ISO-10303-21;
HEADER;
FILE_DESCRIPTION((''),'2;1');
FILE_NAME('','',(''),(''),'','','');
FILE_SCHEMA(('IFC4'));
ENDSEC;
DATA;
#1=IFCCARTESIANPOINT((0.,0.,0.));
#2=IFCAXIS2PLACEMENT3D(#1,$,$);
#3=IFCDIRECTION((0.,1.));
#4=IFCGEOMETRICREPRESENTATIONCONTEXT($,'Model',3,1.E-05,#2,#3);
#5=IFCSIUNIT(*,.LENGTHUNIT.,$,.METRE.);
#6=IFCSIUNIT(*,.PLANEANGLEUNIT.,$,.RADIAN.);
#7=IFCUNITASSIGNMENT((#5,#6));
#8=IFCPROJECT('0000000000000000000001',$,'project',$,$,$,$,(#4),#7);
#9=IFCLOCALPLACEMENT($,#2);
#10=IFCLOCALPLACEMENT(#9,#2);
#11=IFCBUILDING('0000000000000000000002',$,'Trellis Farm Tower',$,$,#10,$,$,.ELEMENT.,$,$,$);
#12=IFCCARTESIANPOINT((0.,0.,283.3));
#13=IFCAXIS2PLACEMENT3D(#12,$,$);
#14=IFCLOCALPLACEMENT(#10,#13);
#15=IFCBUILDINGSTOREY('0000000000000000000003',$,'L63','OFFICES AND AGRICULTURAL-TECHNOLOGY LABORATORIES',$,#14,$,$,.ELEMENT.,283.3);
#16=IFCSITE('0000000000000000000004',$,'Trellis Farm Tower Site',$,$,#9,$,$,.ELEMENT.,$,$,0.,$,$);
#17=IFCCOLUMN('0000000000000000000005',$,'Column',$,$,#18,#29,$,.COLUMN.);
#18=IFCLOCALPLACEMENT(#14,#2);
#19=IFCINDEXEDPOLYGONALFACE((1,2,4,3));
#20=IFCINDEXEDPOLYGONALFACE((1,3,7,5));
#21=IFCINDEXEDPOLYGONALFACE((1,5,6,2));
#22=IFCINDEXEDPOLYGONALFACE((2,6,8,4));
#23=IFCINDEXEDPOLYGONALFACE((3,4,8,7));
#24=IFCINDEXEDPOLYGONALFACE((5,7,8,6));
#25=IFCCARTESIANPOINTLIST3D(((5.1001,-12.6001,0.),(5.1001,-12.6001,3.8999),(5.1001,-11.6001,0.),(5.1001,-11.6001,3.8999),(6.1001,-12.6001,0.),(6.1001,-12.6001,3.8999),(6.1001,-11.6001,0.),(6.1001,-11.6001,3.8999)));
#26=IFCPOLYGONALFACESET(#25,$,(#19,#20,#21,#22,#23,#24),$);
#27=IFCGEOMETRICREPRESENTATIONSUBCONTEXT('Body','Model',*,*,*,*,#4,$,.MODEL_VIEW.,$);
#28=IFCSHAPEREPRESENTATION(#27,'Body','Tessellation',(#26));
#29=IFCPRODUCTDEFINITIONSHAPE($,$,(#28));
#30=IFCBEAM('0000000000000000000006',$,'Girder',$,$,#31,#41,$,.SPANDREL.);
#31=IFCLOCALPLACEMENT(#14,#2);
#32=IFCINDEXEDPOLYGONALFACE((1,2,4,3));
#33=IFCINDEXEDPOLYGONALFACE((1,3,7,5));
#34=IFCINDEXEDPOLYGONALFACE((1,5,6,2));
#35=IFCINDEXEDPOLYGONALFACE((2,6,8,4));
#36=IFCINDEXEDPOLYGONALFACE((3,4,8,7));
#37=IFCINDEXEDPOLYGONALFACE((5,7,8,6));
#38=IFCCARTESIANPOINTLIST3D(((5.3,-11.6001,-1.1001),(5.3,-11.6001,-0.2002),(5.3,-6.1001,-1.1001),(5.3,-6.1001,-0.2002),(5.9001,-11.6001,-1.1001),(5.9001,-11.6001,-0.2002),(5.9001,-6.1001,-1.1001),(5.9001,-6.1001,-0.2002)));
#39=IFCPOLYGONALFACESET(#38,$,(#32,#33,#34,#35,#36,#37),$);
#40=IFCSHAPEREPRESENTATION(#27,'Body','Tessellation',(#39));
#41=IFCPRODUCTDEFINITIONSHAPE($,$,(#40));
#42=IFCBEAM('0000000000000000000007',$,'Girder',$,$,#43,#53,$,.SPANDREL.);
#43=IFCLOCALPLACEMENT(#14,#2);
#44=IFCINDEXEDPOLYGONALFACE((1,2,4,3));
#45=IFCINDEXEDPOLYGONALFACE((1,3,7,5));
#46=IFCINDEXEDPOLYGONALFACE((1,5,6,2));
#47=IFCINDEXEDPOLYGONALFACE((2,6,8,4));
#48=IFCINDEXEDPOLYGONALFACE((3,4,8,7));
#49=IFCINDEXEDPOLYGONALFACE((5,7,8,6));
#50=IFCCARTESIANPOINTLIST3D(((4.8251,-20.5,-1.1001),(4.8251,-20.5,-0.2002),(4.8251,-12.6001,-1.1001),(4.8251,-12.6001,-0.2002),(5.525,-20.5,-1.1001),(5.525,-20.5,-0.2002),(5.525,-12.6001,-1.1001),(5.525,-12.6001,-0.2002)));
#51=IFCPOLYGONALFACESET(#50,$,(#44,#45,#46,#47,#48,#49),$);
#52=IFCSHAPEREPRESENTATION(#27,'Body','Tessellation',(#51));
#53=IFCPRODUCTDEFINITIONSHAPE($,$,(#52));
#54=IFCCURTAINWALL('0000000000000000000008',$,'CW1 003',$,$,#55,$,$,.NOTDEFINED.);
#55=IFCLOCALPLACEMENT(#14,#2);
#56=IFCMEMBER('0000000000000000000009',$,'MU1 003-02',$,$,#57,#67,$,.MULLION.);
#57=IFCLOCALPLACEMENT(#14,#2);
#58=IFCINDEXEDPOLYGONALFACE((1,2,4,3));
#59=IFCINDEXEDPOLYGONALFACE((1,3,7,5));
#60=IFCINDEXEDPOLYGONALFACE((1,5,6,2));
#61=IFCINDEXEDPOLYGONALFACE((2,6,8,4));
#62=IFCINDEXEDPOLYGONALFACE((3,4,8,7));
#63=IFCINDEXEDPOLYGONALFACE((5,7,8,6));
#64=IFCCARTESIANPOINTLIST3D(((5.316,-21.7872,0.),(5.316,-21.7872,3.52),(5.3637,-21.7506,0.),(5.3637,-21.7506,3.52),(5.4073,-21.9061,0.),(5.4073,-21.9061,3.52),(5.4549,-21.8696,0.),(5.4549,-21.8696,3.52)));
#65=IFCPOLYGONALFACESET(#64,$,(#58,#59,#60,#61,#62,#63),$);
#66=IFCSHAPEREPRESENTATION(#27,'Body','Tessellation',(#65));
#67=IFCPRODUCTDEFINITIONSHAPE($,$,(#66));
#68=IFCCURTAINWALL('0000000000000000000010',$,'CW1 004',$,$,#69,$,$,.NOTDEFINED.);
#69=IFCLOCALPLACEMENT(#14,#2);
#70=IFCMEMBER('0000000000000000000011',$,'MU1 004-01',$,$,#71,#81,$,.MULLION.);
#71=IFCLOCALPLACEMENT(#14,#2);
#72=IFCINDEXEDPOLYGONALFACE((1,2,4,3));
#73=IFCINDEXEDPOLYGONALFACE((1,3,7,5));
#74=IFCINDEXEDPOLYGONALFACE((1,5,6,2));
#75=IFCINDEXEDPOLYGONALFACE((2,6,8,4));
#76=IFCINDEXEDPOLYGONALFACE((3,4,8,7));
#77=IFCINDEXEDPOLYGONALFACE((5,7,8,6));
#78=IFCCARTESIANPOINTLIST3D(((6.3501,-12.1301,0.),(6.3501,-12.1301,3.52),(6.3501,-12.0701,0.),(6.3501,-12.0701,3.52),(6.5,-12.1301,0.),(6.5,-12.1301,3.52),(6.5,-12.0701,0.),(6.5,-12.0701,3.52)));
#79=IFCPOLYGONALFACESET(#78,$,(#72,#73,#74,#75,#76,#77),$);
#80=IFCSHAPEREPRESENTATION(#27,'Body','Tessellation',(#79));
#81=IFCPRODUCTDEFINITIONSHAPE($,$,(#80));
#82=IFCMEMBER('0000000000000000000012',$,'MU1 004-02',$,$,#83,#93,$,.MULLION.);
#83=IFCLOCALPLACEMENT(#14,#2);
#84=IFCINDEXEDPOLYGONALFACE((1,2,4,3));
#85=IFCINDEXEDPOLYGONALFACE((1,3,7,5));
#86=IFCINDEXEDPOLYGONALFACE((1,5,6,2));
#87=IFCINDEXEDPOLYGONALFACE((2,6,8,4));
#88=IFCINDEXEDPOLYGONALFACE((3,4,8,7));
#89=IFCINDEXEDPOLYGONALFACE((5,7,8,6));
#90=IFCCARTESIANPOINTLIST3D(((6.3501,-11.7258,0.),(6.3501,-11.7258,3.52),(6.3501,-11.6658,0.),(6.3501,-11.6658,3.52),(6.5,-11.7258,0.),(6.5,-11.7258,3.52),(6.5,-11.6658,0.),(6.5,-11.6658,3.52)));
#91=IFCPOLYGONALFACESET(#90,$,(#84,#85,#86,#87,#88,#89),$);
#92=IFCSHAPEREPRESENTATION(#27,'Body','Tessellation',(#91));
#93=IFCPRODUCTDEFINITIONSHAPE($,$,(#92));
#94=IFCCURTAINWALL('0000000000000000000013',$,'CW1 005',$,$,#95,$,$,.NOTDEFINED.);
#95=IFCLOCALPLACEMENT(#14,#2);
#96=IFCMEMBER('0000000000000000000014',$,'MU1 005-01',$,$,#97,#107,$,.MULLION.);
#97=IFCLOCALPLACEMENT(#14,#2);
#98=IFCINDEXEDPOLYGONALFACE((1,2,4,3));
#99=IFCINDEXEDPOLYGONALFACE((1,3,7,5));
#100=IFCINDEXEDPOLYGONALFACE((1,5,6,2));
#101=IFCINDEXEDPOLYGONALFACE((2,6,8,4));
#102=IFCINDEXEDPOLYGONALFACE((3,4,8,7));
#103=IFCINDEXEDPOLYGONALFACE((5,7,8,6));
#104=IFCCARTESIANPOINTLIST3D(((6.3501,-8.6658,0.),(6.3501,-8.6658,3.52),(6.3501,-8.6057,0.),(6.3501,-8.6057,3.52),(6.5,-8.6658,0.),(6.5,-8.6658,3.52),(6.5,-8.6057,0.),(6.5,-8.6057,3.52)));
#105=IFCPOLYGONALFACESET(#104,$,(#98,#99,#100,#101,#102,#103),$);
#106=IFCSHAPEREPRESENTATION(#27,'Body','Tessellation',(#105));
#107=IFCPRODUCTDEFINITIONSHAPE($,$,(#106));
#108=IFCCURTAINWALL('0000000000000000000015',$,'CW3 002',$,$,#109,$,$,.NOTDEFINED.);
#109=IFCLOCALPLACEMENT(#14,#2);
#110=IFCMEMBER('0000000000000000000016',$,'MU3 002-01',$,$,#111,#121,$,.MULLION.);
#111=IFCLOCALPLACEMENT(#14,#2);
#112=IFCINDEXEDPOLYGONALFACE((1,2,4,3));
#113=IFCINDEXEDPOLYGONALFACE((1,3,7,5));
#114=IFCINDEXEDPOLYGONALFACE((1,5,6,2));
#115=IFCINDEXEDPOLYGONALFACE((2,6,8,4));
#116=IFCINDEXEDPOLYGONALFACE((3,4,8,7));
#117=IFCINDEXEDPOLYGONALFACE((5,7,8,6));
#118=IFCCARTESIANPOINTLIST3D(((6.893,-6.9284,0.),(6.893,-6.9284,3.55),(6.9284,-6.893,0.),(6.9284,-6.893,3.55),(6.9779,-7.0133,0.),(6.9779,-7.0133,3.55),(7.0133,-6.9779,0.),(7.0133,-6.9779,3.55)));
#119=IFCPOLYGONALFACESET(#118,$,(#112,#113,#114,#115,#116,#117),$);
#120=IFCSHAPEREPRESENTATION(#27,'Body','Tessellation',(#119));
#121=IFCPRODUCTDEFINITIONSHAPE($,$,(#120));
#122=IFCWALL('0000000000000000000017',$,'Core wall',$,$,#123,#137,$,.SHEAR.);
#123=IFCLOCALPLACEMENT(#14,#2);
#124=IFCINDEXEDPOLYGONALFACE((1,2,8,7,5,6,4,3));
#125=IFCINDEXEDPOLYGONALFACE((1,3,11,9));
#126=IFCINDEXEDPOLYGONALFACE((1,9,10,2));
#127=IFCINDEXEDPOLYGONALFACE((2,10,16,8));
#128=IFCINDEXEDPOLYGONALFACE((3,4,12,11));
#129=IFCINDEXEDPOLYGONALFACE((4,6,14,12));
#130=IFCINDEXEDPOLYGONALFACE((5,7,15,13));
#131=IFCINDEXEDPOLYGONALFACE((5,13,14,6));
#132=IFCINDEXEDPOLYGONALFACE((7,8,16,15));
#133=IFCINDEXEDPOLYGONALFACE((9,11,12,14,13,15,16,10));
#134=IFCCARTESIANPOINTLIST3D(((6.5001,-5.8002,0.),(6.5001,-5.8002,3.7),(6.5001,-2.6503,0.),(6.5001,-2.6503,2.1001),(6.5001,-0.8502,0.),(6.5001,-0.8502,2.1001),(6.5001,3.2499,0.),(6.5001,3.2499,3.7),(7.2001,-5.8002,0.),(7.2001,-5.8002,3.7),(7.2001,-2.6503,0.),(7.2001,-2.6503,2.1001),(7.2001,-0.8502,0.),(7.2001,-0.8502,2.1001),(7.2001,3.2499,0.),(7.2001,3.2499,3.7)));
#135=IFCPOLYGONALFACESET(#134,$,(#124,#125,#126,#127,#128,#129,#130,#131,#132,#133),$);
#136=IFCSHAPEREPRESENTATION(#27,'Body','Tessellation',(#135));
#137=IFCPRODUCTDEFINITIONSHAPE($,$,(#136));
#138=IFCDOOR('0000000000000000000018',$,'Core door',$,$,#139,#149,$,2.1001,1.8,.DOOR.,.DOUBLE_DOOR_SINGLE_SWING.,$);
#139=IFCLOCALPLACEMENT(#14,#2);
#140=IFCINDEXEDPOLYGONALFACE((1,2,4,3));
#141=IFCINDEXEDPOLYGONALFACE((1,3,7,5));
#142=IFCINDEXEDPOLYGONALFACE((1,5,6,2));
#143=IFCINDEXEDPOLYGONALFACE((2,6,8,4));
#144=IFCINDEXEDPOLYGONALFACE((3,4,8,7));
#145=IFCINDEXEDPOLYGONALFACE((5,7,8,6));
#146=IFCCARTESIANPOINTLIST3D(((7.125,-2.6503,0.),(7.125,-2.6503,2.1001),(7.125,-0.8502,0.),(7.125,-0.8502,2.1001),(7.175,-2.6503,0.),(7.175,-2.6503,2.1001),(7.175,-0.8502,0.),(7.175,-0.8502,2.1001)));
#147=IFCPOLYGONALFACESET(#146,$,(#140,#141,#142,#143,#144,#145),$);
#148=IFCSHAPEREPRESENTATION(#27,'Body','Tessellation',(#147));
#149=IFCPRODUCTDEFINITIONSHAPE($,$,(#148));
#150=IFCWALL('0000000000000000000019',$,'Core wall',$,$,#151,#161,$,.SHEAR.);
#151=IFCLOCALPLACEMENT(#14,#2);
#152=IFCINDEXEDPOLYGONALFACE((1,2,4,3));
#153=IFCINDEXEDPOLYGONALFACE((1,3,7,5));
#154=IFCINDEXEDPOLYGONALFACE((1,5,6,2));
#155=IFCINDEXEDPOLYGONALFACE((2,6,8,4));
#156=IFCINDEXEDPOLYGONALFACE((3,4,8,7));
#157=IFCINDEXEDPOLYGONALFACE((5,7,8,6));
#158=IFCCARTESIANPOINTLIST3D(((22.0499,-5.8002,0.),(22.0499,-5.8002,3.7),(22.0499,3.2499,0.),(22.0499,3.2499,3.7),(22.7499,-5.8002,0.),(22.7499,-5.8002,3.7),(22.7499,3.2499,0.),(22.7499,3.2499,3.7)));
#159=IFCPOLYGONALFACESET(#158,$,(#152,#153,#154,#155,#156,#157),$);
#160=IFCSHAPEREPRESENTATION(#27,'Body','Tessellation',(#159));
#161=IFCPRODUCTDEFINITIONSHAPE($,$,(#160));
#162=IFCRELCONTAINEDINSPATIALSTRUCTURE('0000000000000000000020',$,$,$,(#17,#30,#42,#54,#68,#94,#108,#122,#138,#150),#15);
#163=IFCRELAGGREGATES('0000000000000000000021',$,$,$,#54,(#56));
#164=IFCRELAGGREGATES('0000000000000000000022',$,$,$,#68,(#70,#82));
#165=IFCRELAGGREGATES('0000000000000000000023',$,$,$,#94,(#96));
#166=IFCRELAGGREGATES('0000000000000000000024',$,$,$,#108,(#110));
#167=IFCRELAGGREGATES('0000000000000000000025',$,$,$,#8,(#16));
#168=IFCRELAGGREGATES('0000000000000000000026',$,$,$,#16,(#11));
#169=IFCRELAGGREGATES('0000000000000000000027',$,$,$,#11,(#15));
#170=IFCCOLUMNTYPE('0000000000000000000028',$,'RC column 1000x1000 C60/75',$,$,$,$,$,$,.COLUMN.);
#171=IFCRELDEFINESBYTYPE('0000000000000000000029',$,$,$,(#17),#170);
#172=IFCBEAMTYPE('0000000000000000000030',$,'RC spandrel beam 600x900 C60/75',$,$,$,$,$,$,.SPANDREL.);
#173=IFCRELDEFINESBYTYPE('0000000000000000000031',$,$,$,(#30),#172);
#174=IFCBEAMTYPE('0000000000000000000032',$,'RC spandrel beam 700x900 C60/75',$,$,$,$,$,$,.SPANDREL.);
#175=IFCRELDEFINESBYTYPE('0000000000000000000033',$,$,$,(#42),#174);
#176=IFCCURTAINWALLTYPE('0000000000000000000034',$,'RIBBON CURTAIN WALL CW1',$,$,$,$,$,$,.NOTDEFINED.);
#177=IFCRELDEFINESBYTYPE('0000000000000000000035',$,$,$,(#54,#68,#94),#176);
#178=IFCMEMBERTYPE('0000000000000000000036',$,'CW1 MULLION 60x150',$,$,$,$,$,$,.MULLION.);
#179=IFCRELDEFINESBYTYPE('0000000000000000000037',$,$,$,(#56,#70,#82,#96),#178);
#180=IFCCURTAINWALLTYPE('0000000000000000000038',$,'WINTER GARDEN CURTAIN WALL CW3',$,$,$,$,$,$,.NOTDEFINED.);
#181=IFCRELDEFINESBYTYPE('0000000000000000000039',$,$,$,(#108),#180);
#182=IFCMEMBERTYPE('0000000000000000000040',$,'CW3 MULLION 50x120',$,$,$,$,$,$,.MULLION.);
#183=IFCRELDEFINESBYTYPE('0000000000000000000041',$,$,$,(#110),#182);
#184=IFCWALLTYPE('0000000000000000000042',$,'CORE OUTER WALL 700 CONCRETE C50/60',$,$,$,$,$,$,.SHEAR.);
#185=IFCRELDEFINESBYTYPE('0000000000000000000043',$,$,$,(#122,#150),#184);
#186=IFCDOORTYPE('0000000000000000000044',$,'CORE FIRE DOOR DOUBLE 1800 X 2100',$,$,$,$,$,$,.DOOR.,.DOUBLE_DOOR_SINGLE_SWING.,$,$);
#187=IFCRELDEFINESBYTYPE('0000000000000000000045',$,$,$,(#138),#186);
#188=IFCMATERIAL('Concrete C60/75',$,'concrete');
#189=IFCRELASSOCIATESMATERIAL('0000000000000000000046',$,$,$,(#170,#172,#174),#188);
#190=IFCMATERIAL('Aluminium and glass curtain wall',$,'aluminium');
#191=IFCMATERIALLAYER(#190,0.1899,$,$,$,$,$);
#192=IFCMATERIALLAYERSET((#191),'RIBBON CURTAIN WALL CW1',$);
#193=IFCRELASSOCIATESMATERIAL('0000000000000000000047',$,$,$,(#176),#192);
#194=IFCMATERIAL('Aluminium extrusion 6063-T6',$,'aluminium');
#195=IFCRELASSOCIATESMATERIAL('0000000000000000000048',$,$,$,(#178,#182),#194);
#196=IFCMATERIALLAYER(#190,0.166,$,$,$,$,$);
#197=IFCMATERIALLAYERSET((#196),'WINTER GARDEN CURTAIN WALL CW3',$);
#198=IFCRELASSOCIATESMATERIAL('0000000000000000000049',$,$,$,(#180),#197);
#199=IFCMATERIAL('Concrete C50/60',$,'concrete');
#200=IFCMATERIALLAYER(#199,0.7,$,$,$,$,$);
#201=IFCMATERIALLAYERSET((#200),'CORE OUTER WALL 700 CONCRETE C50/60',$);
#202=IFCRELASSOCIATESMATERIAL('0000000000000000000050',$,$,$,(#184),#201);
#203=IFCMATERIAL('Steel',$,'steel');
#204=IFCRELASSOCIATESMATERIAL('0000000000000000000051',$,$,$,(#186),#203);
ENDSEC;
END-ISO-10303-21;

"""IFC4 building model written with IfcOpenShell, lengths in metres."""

from ifc_helpers import new_model, si_unit, direction, frame, frame_2d, origin, origin_2d, place, context, subcontext, project, spatial, rectangle, extrude, source, transform, mapped, material, layer, layer_set, material_profile, profile_set, type_object, element, fill, aggregate, save


model = new_model("IFC4")

# Units and contexts
model_context = context("Model", 3, precision=1e-05, world=origin(), true_north=direction((0.0, 1.0)))
body_context = subcontext(model_context, "Body", "Model", "MODEL_VIEW")
ifc_project = project(units=[si_unit("LENGTHUNIT", "METRE"), si_unit("PLANEANGLEUNIT", "RADIAN")], contexts=[model_context])

# Site, building, storey
site_placement = place(None, origin())
site = spatial("IfcSite", under=ifc_project, at=site_placement, Name="Trellis Farm Tower Site", CompositionType="ELEMENT", RefElevation=0.0)
building_placement = place(site_placement, origin())
building = spatial("IfcBuilding", under=site, at=building_placement, Name="Trellis Farm Tower", CompositionType="ELEMENT")
storey_placement = place(building_placement, frame((0.0, 0.0, 283.3)))
storey = spatial("IfcBuildingStorey", under=building, at=storey_placement, Name="L63", Description="OFFICES AND AGRICULTURAL-TECHNOLOGY LABORATORIES", CompositionType="ELEMENT", Elevation=283.3)

# Column
ifc_material_1 = material(Name="Concrete C60/75", Category="concrete")
ifc_material_profile_1 = material_profile(ifc_material_1, rectangle(XDim=1.0, YDim=1.0, at=origin_2d()), Name="RC column 1000x1000 C60/75")
ifc_profile_set_1 = profile_set([ifc_material_profile_1], Name="Concrete C60/75")
column_type = type_object("IfcColumnType", Name="RC column 1000x1000 C60/75", PredefinedType="COLUMN", material=ifc_profile_set_1)
shared_shape_1 = source(origin(), body_context, "Body", "SweptSolid", [
    extrude(rectangle(XDim=1.0, YDim=1.0, at=origin_2d()), origin(), (0.0, 0.0, 1.0), 3.8999),
])
column_placement = place(storey_placement, frame((5.6001, -12.1001, 0.0), z_axis=(0.0, 0.0, 1.0), x_axis=(1.0, 0.0, 0.0)))
element("IfcColumn", 1, at=column_placement, inside=storey, type_object=column_type, Name="Column", PredefinedType="COLUMN", context=body_context, shape_type="MappedRepresentation", body=[
    mapped(shared_shape_1, transform((0.0, 0.0, 0.0))),
])

# Beams
ifc_material_profile_2 = material_profile(ifc_material_1, rectangle(XDim=0.6001, YDim=0.8999, at=origin_2d()), Name="RC spandrel beam 600x900 C60/75")
ifc_profile_set_2 = profile_set([ifc_material_profile_2], Name="Concrete C60/75")
beam_type_1 = type_object("IfcBeamType", Name="RC spandrel beam 600x900 C60/75", PredefinedType="SPANDREL", material=ifc_profile_set_2)
shared_shape_2 = source(origin(), body_context, "Body", "SweptSolid", [
    extrude(rectangle(XDim=0.6001, YDim=0.8999, at=origin_2d()), origin(), (0.0, 0.0, 1.0), 5.5),
])
beam_1_placement = place(storey_placement, frame((5.6001, -11.6001, -0.6501), z_axis=(0.0, 1.0, 0.0), x_axis=(-1.0, 0.0, 0.0)))
element("IfcBeam", 2, at=beam_1_placement, inside=storey, type_object=beam_type_1, Name="Girder", PredefinedType="SPANDREL", context=body_context, shape_type="MappedRepresentation", body=[
    mapped(shared_shape_2, transform((0.0, 0.0, 0.0))),
])
ifc_material_profile_3 = material_profile(ifc_material_1, rectangle(XDim=0.7, YDim=0.8999, at=origin_2d()), Name="RC spandrel beam 700x900 C60/75")
ifc_profile_set_3 = profile_set([ifc_material_profile_3], Name="Concrete C60/75")
beam_type_2 = type_object("IfcBeamType", Name="RC spandrel beam 700x900 C60/75", PredefinedType="SPANDREL", material=ifc_profile_set_3)
shared_shape_3 = source(origin(), body_context, "Body", "SweptSolid", [
    extrude(rectangle(XDim=0.7, YDim=0.8999, at=origin_2d()), origin(), (0.0, 0.0, 1.0), 7.8999),
])
beam_2_placement = place(storey_placement, frame((5.175, -20.5, -0.6501), z_axis=(0.0, 1.0, 0.0), x_axis=(-1.0, 0.0, 0.0)))
element("IfcBeam", 3, at=beam_2_placement, inside=storey, type_object=beam_type_2, Name="Girder", PredefinedType="SPANDREL", context=body_context, shape_type="MappedRepresentation", body=[
    mapped(shared_shape_3, transform((0.0, 0.0, 0.0))),
])

# Curtain wall, member
ifc_material_2 = material(Name="Aluminium and glass curtain wall", Category="aluminium")
ifc_layer_1 = layer(ifc_material_2, 0.1899)
ifc_layer_set_1 = layer_set([ifc_layer_1], Name="RIBBON CURTAIN WALL CW1")
curtain_wall_type_1 = type_object("IfcCurtainWallType", Name="RIBBON CURTAIN WALL CW1", PredefinedType="NOTDEFINED", material=ifc_layer_set_1)
placement = place(storey_placement, origin())
curtain_wall_1 = element("IfcCurtainWall", 4, at=placement, inside=storey, type_object=curtain_wall_type_1, Name="CW1 003", PredefinedType="NOTDEFINED")
ifc_material_3 = material(Name="Aluminium extrusion 6063-T6", Category="aluminium")
ifc_material_profile_4 = material_profile(ifc_material_3, rectangle(XDim=0.0601, YDim=0.1499, at=origin_2d()), Name="MULLION 60x150")
ifc_profile_set_4 = profile_set([ifc_material_profile_4], Name="Aluminium extrusion 6063-T6")
member_type_1 = type_object("IfcMemberType", Name="CW1 MULLION 60x150", PredefinedType="MULLION", material=ifc_profile_set_4)
shared_shape_4 = source(origin(), body_context, "Body", "SweptSolid", [
    extrude(rectangle(XDim=0.0601, YDim=0.1499, at=origin_2d()), origin(), (0.0, 0.0, 1.0), 3.52),
])
member_1_placement = place(storey_placement, frame((5.3855, -21.8284, 0.0), z_axis=(0.0, 0.0, 1.0), x_axis=(0.793353, 0.608761, 0.0)))
member_1 = element("IfcMember", 5, at=member_1_placement, type_object=member_type_1, Name="MU1 003-02", PredefinedType="MULLION", context=body_context, shape_type="MappedRepresentation", body=[
    mapped(shared_shape_4, transform((0.0, 0.0, 0.0))),
])
aggregate(curtain_wall_1, [member_1])

# Curtain wall, members
curtain_wall_2 = element("IfcCurtainWall", 6, at=placement, inside=storey, type_object=curtain_wall_type_1, Name="CW1 004", PredefinedType="NOTDEFINED")
member_2_placement = place(storey_placement, frame((6.425, -12.1001, 0.0), z_axis=(0.0, 0.0, 1.0), x_axis=(0.0, 1.0, 0.0)))
member_2 = element("IfcMember", 7, at=member_2_placement, type_object=member_type_1, Name="MU1 004-01", PredefinedType="MULLION", context=body_context, shape_type="MappedRepresentation", body=[
    mapped(shared_shape_4, transform((0.0, 0.0, 0.0))),
])
member_3_placement = place(storey_placement, frame((6.425, -11.6958, 0.0), z_axis=(0.0, 0.0, 1.0), x_axis=(0.0, 1.0, 0.0)))
member_3 = element("IfcMember", 8, at=member_3_placement, type_object=member_type_1, Name="MU1 004-02", PredefinedType="MULLION", context=body_context, shape_type="MappedRepresentation", body=[
    mapped(shared_shape_4, transform((0.0, 0.0, 0.0))),
])
aggregate(curtain_wall_2, [member_2, member_3])

# Curtain walls, members
curtain_wall_3 = element("IfcCurtainWall", 9, at=placement, inside=storey, type_object=curtain_wall_type_1, Name="CW1 005", PredefinedType="NOTDEFINED")
member_4_placement = place(storey_placement, frame((6.425, -8.6357, 0.0), z_axis=(0.0, 0.0, 1.0), x_axis=(0.0, 1.0, 0.0)))
member_4 = element("IfcMember", 10, at=member_4_placement, type_object=member_type_1, Name="MU1 005-01", PredefinedType="MULLION", context=body_context, shape_type="MappedRepresentation", body=[
    mapped(shared_shape_4, transform((0.0, 0.0, 0.0))),
])
aggregate(curtain_wall_3, [member_4])
ifc_layer_2 = layer(ifc_material_2, 0.166)
ifc_layer_set_2 = layer_set([ifc_layer_2], Name="WINTER GARDEN CURTAIN WALL CW3")
curtain_wall_type_2 = type_object("IfcCurtainWallType", Name="WINTER GARDEN CURTAIN WALL CW3", PredefinedType="NOTDEFINED", material=ifc_layer_set_2)
curtain_wall_4 = element("IfcCurtainWall", 11, at=placement, inside=storey, type_object=curtain_wall_type_2, Name="CW3 002", PredefinedType="NOTDEFINED")
ifc_material_profile_5 = material_profile(ifc_material_3, rectangle(XDim=0.05, YDim=0.1201, at=origin_2d()), Name="MULLION 50x120")
ifc_profile_set_5 = profile_set([ifc_material_profile_5], Name="Aluminium extrusion 6063-T6")
member_type_2 = type_object("IfcMemberType", Name="CW3 MULLION 50x120", PredefinedType="MULLION", material=ifc_profile_set_5)
shared_shape_5 = source(origin(), body_context, "Body", "SweptSolid", [
    extrude(rectangle(XDim=0.05, YDim=0.1201, at=origin_2d()), origin(), (0.0, 0.0, 1.0), 3.55),
])
member_5_placement = place(storey_placement, frame((6.9531, -6.9531, 0.0), z_axis=(0.0, 0.0, 1.0), x_axis=(0.707107, 0.707107, 0.0)))
member_5 = element("IfcMember", 12, at=member_5_placement, type_object=member_type_2, Name="MU3 002-01", PredefinedType="MULLION", context=body_context, shape_type="MappedRepresentation", body=[
    mapped(shared_shape_5, transform((0.0, 0.0, 0.0))),
])
aggregate(curtain_wall_4, [member_5])

# Wall, opening, door
ifc_material_4 = material(Name="Concrete C50/60", Category="concrete")
ifc_layer_3 = layer(ifc_material_4, 0.7)
ifc_layer_set_3 = layer_set([ifc_layer_3], Name="CORE OUTER WALL 700 CONCRETE C50/60")
wall_type_1 = type_object("IfcWallType", Name="CORE OUTER WALL 700 CONCRETE C50/60", PredefinedType="SHEAR", material=ifc_layer_set_3)
shared_shape_6 = source(origin(), body_context, "Body", "SweptSolid", [
    extrude(rectangle(XDim=9.05, YDim=0.7, at=frame_2d((4.5249, 0.0))), origin(), (0.0, 0.0, 1.0), 3.7),
])
wall_1_placement = place(storey_placement, frame((6.8501, -5.8, 0.0), z_axis=(0.0, 0.0, 1.0), x_axis=(0.0, 1.0, 0.0)))
wall_1 = element("IfcWall", 13, at=wall_1_placement, inside=storey, type_object=wall_type_1, Name="Core wall", PredefinedType="SHEAR", context=body_context, shape_type="MappedRepresentation", body=[
    mapped(shared_shape_6, transform((0.0, 0.0, 0.0))),
])
shared_shape_7 = source(origin(), body_context, "Body", "SweptSolid", [
    extrude(rectangle(XDim=1.8, YDim=2.1001, at=frame_2d((0.8999, 1.05))), frame((0.0, 0.3601, 0.0), z_axis=(0.0, -1.0, 0.0), x_axis=(1.0, 0.0, 0.0)), (0.0, 0.0, 1.0), 0.7202),
])
opening_1_placement = place(wall_1_placement, frame((3.1499, 0.0, 0.0)))
opening_1 = element("IfcOpeningElement", 14, at=opening_1_placement, cuts=wall_1, PredefinedType="OPENING", context=body_context, shape_type="MappedRepresentation", body=[
    mapped(shared_shape_7, transform((0.0, 0.0, 0.0))),
])
ifc_material_5 = material(Name="Steel", Category="steel")
door_type_1 = type_object("IfcDoorType", Name="CORE FIRE DOOR DOUBLE 1800 X 2100", OperationType="DOUBLE_DOOR_SINGLE_SWING", PredefinedType="DOOR", material=ifc_material_5)
shared_shape_8 = source(origin(), body_context, "Body", "SweptSolid", [
    extrude(rectangle(XDim=1.8, YDim=2.1001, at=frame_2d((0.8999, 1.05))), frame((0.0, -0.2749, 0.0), z_axis=(0.0, -1.0, 0.0), x_axis=(1.0, 0.0, 0.0)), (0.0, 0.0, 1.0), 0.05),
])
door_1_placement = place(opening_1_placement, origin())
door_1 = element("IfcDoor", 15, at=door_1_placement, inside=storey, type_object=door_type_1, Name="Core door", OperationType="DOUBLE_DOOR_SINGLE_SWING", OverallHeight=2.1001, OverallWidth=1.8, PredefinedType="DOOR", context=body_context, shape_type="MappedRepresentation", body=[
    mapped(shared_shape_8, transform((0.0, 0.0, 0.0))),
])
fill(opening_1, door_1)

# Wall
wall_2_placement = place(storey_placement, frame((22.3999, -5.8, 0.0), z_axis=(0.0, 0.0, 1.0), x_axis=(0.0, 1.0, 0.0)))
element("IfcWall", 16, at=wall_2_placement, inside=storey, type_object=wall_type_1, Name="Core wall", PredefinedType="SHEAR", context=body_context, shape_type="MappedRepresentation", body=[
    mapped(shared_shape_6, transform((0.0, 0.0, 0.0))),
])

save(model, "model.ifc")
